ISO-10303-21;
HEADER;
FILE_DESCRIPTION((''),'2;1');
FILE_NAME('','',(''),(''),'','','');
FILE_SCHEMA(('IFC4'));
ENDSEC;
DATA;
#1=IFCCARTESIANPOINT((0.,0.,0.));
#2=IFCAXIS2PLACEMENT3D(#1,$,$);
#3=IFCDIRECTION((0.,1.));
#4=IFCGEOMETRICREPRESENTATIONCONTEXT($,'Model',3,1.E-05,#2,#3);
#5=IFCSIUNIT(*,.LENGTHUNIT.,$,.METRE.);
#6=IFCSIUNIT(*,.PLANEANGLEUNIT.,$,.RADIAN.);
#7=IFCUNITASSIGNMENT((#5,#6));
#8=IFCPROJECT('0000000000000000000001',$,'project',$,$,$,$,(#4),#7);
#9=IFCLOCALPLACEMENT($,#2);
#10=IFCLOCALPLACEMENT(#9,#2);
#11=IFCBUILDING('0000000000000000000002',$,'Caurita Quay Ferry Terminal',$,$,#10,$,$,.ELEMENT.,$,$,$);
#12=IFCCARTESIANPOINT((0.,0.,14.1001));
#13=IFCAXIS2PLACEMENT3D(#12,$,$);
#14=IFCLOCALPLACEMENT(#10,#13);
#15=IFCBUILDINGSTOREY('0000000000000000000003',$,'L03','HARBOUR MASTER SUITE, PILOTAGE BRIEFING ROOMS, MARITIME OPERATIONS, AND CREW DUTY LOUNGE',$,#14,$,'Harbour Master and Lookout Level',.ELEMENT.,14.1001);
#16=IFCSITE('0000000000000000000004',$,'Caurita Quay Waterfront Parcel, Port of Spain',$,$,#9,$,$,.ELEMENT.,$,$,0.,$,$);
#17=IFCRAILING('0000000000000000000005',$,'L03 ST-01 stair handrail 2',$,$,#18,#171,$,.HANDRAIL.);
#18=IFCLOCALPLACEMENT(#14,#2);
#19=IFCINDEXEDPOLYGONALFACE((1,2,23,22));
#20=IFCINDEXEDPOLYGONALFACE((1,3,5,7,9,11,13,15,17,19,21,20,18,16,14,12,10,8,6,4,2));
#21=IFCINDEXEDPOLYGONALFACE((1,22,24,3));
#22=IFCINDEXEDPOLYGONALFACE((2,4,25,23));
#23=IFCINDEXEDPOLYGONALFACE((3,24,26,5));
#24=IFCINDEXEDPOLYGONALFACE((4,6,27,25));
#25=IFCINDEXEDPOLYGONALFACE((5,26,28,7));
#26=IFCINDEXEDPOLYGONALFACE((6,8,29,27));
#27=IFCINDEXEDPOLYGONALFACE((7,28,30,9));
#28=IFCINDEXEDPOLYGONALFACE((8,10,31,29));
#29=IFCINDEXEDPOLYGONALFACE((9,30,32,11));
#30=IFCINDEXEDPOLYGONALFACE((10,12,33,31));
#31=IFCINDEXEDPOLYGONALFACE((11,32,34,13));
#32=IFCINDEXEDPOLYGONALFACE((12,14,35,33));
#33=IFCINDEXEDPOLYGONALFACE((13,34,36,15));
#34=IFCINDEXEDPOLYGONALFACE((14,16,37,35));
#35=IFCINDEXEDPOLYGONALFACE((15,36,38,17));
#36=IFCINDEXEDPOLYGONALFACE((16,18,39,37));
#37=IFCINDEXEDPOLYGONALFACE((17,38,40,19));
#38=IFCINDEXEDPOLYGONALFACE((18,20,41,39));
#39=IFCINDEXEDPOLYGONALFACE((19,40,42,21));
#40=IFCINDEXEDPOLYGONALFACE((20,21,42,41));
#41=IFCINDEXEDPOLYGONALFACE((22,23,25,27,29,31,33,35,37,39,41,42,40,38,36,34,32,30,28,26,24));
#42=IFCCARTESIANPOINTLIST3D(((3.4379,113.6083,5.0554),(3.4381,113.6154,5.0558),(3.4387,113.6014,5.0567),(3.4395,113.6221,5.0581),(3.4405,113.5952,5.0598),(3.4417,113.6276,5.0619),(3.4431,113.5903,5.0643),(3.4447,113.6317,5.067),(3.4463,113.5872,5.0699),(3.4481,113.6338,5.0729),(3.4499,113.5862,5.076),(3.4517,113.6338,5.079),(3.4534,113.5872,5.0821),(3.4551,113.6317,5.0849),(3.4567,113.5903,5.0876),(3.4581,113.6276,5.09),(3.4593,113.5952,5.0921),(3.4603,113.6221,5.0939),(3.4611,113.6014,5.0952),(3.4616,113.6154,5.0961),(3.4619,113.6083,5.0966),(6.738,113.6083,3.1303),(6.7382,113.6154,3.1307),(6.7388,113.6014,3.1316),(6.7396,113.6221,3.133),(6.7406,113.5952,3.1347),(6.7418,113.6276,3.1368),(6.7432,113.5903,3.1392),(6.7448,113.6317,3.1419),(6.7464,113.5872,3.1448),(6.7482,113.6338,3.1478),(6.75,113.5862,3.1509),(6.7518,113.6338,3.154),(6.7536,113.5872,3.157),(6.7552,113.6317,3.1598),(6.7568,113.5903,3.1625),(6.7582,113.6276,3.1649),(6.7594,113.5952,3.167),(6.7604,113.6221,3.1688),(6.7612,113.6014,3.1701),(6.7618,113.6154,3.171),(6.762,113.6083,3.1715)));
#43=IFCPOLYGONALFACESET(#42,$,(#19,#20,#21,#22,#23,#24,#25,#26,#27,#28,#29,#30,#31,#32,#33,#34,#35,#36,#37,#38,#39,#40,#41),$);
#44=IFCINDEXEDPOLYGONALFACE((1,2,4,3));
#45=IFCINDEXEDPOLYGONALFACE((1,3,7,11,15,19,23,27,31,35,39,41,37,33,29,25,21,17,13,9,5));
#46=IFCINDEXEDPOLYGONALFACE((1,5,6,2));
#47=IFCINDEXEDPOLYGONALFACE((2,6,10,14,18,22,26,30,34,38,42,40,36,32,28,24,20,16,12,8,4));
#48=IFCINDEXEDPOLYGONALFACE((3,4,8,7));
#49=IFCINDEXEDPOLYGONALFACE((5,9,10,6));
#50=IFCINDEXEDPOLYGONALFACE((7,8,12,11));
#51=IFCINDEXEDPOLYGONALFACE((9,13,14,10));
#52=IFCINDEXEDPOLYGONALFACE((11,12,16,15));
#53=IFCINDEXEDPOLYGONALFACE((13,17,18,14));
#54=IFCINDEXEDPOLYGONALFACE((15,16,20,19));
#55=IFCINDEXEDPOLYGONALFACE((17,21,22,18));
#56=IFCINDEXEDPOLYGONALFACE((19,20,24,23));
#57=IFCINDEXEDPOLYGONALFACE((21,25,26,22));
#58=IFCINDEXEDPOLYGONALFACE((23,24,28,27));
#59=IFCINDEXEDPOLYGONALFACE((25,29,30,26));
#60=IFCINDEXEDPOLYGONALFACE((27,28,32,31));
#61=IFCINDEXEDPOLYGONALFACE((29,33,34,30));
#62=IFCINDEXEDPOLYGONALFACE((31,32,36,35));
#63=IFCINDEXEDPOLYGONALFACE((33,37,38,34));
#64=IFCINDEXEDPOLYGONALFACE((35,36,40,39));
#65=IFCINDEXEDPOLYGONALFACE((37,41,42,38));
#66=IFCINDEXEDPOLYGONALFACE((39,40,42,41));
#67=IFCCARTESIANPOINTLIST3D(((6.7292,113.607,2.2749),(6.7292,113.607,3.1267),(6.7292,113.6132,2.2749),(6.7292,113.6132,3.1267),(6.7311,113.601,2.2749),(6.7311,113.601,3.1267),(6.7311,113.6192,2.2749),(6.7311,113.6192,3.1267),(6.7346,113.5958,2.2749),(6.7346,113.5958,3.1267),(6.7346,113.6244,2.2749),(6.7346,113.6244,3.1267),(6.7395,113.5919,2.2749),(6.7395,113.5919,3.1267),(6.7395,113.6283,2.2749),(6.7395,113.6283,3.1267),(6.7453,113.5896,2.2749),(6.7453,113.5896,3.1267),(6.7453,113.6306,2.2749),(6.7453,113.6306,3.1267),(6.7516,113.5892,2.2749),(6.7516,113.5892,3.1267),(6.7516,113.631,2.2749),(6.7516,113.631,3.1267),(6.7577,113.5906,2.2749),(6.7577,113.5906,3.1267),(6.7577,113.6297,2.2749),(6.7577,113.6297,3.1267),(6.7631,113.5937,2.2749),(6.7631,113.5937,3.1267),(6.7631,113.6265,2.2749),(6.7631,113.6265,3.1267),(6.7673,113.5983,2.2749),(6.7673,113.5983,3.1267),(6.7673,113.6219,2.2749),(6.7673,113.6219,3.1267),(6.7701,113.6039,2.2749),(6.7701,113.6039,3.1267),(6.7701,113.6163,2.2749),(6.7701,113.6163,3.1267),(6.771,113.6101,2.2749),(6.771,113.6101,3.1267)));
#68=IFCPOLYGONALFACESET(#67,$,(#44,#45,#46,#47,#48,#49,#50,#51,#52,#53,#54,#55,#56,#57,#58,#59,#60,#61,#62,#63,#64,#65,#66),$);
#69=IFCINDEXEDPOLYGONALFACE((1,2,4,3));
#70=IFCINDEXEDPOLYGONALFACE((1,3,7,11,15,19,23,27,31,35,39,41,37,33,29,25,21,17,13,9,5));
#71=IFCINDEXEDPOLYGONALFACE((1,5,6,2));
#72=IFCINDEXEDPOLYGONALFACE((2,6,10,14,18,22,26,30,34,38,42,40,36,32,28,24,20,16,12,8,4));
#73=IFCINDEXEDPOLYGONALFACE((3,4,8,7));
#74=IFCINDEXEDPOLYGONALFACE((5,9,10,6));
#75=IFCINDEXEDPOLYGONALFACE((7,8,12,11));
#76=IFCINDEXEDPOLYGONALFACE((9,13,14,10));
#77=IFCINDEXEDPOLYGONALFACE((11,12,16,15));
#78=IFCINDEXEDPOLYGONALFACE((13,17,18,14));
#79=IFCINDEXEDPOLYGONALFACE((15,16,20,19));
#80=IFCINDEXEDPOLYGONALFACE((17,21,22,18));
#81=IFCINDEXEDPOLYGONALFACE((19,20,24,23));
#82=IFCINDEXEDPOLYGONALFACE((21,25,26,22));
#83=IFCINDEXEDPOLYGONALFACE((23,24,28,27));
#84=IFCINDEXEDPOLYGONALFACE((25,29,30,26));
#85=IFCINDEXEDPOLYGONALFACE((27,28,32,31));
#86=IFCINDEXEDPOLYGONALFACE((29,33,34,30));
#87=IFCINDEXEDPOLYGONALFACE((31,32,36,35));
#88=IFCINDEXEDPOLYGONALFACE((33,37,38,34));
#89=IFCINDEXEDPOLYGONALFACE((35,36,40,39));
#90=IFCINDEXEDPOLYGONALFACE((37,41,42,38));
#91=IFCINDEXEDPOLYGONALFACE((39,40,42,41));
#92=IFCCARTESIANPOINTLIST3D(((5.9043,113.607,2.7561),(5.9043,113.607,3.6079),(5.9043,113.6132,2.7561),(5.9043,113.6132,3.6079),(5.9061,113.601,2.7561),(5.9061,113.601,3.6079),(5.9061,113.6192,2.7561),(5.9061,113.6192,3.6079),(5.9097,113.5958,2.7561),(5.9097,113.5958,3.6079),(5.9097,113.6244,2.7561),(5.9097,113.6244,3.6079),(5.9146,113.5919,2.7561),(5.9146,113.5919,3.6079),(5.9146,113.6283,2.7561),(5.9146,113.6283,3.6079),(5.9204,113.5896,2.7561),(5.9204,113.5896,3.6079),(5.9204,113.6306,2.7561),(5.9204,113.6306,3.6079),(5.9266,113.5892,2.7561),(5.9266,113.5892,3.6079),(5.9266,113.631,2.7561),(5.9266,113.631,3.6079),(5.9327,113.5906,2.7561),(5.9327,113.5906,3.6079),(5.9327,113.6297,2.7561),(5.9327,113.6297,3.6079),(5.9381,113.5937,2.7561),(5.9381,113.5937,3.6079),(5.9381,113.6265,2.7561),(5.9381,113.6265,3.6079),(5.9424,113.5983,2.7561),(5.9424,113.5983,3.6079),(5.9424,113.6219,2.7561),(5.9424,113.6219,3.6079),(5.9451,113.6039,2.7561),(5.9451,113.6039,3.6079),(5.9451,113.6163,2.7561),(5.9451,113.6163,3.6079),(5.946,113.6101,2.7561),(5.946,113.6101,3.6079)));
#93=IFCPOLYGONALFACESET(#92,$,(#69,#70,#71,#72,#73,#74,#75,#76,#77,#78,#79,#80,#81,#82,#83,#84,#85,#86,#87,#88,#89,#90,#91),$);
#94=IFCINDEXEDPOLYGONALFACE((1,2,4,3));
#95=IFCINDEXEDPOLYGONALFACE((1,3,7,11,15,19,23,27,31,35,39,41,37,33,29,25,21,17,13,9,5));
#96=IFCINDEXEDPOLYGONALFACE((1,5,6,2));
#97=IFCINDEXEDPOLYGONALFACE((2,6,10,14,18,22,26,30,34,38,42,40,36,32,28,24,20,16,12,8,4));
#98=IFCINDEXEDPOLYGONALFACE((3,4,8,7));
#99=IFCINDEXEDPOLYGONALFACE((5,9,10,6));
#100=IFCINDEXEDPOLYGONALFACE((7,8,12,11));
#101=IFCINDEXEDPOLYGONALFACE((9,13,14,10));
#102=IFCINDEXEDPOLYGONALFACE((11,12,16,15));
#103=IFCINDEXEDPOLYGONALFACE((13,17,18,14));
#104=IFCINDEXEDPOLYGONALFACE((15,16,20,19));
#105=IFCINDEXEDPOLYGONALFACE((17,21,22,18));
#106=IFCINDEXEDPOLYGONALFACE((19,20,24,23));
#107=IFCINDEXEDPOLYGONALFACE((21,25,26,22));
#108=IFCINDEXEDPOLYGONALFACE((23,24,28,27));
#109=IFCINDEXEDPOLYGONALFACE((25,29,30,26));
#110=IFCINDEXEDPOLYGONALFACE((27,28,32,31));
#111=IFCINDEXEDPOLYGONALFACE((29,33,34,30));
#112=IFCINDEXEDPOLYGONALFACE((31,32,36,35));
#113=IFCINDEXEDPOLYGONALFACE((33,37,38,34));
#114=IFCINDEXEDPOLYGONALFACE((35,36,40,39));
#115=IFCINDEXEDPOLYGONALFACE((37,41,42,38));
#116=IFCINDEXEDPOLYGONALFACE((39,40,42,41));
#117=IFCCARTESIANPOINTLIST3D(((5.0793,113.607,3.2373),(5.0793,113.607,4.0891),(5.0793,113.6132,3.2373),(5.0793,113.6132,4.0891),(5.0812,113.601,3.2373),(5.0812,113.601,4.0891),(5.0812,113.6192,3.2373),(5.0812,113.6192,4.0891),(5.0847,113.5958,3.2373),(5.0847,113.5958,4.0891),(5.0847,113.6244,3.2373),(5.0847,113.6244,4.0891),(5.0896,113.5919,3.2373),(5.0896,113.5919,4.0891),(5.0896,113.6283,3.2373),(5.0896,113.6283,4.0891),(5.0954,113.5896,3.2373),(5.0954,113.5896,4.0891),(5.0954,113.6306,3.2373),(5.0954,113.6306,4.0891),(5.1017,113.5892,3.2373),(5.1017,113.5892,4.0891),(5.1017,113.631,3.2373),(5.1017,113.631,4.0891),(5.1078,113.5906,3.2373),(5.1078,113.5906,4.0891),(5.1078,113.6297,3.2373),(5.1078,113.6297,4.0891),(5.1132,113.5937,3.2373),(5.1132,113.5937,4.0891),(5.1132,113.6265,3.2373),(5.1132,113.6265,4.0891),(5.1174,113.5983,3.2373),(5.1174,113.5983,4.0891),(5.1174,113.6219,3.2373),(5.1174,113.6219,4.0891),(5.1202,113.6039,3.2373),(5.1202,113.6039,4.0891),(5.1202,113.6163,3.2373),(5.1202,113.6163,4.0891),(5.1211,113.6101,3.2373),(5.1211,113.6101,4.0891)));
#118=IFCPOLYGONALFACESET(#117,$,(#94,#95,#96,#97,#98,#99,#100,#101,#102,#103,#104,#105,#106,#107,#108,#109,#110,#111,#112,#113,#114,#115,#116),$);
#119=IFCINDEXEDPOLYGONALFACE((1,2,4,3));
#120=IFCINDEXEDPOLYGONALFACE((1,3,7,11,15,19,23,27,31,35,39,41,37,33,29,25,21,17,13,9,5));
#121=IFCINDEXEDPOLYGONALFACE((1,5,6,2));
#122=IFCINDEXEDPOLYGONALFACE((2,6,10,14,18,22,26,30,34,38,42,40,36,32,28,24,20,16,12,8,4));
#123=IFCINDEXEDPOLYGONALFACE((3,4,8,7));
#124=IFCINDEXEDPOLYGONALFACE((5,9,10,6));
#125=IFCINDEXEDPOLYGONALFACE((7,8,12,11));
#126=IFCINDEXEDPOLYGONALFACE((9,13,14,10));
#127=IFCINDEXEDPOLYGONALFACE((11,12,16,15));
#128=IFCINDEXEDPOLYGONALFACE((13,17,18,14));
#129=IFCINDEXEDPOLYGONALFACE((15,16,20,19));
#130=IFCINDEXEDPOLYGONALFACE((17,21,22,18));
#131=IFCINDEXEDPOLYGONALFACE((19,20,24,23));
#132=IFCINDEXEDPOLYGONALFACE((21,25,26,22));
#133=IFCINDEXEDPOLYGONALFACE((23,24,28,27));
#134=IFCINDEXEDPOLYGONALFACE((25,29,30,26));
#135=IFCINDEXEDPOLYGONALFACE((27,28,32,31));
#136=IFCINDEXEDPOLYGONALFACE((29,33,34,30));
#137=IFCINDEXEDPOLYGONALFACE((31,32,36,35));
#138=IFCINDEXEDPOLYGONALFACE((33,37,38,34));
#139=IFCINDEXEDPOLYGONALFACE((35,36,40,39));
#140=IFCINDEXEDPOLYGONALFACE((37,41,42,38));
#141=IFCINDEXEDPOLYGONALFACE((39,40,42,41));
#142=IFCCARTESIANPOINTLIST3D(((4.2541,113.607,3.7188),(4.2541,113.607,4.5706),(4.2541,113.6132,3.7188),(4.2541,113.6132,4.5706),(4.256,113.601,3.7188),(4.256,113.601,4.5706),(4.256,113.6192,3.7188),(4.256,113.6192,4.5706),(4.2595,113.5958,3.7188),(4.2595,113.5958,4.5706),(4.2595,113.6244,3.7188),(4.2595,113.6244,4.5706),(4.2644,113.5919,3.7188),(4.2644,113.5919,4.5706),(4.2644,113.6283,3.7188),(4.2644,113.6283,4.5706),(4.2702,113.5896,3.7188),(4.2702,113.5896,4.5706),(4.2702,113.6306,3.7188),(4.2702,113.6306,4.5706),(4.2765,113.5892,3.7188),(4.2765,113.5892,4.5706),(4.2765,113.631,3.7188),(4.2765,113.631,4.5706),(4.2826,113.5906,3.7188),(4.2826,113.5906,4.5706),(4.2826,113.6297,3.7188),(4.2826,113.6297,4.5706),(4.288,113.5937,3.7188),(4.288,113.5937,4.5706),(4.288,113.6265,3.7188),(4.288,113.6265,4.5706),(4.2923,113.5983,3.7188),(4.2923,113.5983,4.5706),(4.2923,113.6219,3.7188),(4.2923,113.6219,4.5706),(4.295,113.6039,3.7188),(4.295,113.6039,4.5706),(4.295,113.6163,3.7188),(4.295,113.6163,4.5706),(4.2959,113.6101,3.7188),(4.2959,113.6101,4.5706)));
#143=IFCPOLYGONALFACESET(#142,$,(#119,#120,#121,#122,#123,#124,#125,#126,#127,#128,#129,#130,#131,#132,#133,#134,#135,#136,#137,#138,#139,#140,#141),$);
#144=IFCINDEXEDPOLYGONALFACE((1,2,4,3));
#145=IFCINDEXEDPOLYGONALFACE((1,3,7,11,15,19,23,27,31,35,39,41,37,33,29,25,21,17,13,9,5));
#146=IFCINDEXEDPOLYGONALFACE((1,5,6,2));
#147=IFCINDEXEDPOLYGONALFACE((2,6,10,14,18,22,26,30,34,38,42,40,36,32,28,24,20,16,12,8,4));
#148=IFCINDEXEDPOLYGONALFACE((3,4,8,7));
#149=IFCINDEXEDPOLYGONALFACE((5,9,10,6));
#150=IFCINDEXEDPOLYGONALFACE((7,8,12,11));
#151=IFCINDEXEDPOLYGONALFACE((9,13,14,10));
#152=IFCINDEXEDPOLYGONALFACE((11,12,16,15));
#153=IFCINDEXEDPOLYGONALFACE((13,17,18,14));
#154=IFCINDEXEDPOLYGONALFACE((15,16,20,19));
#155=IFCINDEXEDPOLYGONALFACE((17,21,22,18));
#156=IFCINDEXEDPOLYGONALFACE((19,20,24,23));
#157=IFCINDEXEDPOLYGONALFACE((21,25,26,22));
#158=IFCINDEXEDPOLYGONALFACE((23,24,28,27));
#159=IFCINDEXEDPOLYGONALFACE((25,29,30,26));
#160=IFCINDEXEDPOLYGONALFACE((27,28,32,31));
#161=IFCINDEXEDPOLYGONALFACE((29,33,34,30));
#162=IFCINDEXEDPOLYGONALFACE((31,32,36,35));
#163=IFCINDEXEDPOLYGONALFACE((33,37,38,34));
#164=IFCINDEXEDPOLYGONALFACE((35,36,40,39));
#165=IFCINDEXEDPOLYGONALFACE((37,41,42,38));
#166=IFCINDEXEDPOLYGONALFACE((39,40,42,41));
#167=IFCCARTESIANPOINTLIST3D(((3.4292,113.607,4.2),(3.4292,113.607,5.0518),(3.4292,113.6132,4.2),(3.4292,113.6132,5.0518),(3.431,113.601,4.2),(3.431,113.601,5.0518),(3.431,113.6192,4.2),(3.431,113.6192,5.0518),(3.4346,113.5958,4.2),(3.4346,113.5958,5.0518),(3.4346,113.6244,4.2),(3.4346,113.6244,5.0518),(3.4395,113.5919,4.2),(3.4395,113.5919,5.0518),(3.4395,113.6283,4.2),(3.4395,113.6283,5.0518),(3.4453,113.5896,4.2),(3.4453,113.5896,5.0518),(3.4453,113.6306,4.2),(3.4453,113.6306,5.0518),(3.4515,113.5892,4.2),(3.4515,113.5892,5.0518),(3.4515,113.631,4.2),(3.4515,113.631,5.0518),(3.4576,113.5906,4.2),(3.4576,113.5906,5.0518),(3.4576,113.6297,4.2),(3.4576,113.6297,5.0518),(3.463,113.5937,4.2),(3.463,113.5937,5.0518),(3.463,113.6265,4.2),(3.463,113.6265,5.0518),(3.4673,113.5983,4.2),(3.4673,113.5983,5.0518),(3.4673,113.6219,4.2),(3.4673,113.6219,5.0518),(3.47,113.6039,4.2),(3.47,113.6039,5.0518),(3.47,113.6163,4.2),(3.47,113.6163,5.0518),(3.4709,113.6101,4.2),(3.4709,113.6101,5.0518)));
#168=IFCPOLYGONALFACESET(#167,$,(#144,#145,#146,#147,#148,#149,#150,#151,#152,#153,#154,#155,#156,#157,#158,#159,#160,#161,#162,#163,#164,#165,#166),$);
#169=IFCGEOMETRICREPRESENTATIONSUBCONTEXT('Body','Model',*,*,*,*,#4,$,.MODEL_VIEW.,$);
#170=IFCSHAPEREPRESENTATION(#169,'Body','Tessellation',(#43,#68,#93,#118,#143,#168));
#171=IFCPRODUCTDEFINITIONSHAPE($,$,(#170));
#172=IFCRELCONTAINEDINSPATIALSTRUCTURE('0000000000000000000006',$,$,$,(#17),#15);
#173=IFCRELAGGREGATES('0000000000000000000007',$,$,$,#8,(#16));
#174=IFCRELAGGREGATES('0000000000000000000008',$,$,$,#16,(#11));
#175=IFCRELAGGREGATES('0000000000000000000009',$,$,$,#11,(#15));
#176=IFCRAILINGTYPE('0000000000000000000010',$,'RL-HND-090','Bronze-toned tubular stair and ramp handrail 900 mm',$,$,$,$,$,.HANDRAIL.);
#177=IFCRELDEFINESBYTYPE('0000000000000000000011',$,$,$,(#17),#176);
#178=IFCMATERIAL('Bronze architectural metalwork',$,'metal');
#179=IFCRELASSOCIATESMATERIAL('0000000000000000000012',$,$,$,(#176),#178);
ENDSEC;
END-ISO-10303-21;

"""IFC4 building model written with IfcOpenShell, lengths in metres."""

from ifc_helpers import new_model, si_unit, direction, frame, origin, origin_2d, place, context, subcontext, project, spatial, circle, extrude, material, type_object, element, save


model = new_model("IFC4")

# Units and contexts
model_context = context("Model", 3, precision=1e-05, world=origin(), true_north=direction((0.0, 1.0)))
body_context = subcontext(model_context, "Body", "Model", "MODEL_VIEW")
ifc_project = project(units=[si_unit("LENGTHUNIT", "METRE"), si_unit("PLANEANGLEUNIT", "RADIAN")], contexts=[model_context])

# Site, building, storey
site_placement = place(None, origin())
site = spatial("IfcSite", under=ifc_project, at=site_placement, Name="Caurita Quay Waterfront Parcel, Port of Spain", CompositionType="ELEMENT", RefElevation=0.0)
building_placement = place(site_placement, origin())
building = spatial("IfcBuilding", under=site, at=building_placement, Name="Caurita Quay Ferry Terminal", CompositionType="ELEMENT")
storey_placement = place(building_placement, frame((0.0, 0.0, 14.1001)))
storey = spatial("IfcBuildingStorey", under=building, at=storey_placement, Name="L03", Description="HARBOUR MASTER SUITE, PILOTAGE BRIEFING ROOMS, MARITIME OPERATIONS, AND CREW DUTY LOUNGE", LongName="Harbour Master and Lookout Level", CompositionType="ELEMENT", Elevation=14.1001)

# Railing
ifc_material_1 = material(Name="Bronze architectural metalwork", Category="metal")
railing_type_1 = type_object("IfcRailingType", Name="RL-HND-090", Description="Bronze-toned tubular stair and ramp handrail 900 mm", PredefinedType="HANDRAIL", material=ifc_material_1)
railing_1_placement = place(storey_placement, frame((6.75, 113.6101, 2.2749)))
element("IfcRailing", 1, at=railing_1_placement, inside=storey, type_object=railing_type_1, Name="L03 ST-01 stair handrail 2", PredefinedType="HANDRAIL", context=body_context, shape_type="SweptSolid", body=[
    extrude(circle(Radius=0.0239, at=origin_2d()), frame((0.0, 0.0, 0.876), z_axis=(-0.863777, 0.0, 0.503875), x_axis=(0.0, -1.0, 0.0)), (0.0, 0.0, 1.0), 3.8206),
    extrude(circle(Radius=0.021, at=origin_2d()), origin(), (0.0, 0.0, 1.0), 0.8518),
    extrude(circle(Radius=0.021, at=origin_2d()), frame((-0.825, 0.0, 0.4812)), (0.0, 0.0, 1.0), 0.8518),
    extrude(circle(Radius=0.021, at=origin_2d()), frame((-1.6499, 0.0, 0.9624)), (0.0, 0.0, 1.0), 0.8518),
    extrude(circle(Radius=0.021, at=origin_2d()), frame((-2.4751, 0.0, 1.4438)), (0.0, 0.0, 1.0), 0.8518),
    extrude(circle(Radius=0.021, at=origin_2d()), frame((-3.3, 0.0, 1.925)), (0.0, 0.0, 1.0), 0.8518),
])

save(model, "model.ifc")
